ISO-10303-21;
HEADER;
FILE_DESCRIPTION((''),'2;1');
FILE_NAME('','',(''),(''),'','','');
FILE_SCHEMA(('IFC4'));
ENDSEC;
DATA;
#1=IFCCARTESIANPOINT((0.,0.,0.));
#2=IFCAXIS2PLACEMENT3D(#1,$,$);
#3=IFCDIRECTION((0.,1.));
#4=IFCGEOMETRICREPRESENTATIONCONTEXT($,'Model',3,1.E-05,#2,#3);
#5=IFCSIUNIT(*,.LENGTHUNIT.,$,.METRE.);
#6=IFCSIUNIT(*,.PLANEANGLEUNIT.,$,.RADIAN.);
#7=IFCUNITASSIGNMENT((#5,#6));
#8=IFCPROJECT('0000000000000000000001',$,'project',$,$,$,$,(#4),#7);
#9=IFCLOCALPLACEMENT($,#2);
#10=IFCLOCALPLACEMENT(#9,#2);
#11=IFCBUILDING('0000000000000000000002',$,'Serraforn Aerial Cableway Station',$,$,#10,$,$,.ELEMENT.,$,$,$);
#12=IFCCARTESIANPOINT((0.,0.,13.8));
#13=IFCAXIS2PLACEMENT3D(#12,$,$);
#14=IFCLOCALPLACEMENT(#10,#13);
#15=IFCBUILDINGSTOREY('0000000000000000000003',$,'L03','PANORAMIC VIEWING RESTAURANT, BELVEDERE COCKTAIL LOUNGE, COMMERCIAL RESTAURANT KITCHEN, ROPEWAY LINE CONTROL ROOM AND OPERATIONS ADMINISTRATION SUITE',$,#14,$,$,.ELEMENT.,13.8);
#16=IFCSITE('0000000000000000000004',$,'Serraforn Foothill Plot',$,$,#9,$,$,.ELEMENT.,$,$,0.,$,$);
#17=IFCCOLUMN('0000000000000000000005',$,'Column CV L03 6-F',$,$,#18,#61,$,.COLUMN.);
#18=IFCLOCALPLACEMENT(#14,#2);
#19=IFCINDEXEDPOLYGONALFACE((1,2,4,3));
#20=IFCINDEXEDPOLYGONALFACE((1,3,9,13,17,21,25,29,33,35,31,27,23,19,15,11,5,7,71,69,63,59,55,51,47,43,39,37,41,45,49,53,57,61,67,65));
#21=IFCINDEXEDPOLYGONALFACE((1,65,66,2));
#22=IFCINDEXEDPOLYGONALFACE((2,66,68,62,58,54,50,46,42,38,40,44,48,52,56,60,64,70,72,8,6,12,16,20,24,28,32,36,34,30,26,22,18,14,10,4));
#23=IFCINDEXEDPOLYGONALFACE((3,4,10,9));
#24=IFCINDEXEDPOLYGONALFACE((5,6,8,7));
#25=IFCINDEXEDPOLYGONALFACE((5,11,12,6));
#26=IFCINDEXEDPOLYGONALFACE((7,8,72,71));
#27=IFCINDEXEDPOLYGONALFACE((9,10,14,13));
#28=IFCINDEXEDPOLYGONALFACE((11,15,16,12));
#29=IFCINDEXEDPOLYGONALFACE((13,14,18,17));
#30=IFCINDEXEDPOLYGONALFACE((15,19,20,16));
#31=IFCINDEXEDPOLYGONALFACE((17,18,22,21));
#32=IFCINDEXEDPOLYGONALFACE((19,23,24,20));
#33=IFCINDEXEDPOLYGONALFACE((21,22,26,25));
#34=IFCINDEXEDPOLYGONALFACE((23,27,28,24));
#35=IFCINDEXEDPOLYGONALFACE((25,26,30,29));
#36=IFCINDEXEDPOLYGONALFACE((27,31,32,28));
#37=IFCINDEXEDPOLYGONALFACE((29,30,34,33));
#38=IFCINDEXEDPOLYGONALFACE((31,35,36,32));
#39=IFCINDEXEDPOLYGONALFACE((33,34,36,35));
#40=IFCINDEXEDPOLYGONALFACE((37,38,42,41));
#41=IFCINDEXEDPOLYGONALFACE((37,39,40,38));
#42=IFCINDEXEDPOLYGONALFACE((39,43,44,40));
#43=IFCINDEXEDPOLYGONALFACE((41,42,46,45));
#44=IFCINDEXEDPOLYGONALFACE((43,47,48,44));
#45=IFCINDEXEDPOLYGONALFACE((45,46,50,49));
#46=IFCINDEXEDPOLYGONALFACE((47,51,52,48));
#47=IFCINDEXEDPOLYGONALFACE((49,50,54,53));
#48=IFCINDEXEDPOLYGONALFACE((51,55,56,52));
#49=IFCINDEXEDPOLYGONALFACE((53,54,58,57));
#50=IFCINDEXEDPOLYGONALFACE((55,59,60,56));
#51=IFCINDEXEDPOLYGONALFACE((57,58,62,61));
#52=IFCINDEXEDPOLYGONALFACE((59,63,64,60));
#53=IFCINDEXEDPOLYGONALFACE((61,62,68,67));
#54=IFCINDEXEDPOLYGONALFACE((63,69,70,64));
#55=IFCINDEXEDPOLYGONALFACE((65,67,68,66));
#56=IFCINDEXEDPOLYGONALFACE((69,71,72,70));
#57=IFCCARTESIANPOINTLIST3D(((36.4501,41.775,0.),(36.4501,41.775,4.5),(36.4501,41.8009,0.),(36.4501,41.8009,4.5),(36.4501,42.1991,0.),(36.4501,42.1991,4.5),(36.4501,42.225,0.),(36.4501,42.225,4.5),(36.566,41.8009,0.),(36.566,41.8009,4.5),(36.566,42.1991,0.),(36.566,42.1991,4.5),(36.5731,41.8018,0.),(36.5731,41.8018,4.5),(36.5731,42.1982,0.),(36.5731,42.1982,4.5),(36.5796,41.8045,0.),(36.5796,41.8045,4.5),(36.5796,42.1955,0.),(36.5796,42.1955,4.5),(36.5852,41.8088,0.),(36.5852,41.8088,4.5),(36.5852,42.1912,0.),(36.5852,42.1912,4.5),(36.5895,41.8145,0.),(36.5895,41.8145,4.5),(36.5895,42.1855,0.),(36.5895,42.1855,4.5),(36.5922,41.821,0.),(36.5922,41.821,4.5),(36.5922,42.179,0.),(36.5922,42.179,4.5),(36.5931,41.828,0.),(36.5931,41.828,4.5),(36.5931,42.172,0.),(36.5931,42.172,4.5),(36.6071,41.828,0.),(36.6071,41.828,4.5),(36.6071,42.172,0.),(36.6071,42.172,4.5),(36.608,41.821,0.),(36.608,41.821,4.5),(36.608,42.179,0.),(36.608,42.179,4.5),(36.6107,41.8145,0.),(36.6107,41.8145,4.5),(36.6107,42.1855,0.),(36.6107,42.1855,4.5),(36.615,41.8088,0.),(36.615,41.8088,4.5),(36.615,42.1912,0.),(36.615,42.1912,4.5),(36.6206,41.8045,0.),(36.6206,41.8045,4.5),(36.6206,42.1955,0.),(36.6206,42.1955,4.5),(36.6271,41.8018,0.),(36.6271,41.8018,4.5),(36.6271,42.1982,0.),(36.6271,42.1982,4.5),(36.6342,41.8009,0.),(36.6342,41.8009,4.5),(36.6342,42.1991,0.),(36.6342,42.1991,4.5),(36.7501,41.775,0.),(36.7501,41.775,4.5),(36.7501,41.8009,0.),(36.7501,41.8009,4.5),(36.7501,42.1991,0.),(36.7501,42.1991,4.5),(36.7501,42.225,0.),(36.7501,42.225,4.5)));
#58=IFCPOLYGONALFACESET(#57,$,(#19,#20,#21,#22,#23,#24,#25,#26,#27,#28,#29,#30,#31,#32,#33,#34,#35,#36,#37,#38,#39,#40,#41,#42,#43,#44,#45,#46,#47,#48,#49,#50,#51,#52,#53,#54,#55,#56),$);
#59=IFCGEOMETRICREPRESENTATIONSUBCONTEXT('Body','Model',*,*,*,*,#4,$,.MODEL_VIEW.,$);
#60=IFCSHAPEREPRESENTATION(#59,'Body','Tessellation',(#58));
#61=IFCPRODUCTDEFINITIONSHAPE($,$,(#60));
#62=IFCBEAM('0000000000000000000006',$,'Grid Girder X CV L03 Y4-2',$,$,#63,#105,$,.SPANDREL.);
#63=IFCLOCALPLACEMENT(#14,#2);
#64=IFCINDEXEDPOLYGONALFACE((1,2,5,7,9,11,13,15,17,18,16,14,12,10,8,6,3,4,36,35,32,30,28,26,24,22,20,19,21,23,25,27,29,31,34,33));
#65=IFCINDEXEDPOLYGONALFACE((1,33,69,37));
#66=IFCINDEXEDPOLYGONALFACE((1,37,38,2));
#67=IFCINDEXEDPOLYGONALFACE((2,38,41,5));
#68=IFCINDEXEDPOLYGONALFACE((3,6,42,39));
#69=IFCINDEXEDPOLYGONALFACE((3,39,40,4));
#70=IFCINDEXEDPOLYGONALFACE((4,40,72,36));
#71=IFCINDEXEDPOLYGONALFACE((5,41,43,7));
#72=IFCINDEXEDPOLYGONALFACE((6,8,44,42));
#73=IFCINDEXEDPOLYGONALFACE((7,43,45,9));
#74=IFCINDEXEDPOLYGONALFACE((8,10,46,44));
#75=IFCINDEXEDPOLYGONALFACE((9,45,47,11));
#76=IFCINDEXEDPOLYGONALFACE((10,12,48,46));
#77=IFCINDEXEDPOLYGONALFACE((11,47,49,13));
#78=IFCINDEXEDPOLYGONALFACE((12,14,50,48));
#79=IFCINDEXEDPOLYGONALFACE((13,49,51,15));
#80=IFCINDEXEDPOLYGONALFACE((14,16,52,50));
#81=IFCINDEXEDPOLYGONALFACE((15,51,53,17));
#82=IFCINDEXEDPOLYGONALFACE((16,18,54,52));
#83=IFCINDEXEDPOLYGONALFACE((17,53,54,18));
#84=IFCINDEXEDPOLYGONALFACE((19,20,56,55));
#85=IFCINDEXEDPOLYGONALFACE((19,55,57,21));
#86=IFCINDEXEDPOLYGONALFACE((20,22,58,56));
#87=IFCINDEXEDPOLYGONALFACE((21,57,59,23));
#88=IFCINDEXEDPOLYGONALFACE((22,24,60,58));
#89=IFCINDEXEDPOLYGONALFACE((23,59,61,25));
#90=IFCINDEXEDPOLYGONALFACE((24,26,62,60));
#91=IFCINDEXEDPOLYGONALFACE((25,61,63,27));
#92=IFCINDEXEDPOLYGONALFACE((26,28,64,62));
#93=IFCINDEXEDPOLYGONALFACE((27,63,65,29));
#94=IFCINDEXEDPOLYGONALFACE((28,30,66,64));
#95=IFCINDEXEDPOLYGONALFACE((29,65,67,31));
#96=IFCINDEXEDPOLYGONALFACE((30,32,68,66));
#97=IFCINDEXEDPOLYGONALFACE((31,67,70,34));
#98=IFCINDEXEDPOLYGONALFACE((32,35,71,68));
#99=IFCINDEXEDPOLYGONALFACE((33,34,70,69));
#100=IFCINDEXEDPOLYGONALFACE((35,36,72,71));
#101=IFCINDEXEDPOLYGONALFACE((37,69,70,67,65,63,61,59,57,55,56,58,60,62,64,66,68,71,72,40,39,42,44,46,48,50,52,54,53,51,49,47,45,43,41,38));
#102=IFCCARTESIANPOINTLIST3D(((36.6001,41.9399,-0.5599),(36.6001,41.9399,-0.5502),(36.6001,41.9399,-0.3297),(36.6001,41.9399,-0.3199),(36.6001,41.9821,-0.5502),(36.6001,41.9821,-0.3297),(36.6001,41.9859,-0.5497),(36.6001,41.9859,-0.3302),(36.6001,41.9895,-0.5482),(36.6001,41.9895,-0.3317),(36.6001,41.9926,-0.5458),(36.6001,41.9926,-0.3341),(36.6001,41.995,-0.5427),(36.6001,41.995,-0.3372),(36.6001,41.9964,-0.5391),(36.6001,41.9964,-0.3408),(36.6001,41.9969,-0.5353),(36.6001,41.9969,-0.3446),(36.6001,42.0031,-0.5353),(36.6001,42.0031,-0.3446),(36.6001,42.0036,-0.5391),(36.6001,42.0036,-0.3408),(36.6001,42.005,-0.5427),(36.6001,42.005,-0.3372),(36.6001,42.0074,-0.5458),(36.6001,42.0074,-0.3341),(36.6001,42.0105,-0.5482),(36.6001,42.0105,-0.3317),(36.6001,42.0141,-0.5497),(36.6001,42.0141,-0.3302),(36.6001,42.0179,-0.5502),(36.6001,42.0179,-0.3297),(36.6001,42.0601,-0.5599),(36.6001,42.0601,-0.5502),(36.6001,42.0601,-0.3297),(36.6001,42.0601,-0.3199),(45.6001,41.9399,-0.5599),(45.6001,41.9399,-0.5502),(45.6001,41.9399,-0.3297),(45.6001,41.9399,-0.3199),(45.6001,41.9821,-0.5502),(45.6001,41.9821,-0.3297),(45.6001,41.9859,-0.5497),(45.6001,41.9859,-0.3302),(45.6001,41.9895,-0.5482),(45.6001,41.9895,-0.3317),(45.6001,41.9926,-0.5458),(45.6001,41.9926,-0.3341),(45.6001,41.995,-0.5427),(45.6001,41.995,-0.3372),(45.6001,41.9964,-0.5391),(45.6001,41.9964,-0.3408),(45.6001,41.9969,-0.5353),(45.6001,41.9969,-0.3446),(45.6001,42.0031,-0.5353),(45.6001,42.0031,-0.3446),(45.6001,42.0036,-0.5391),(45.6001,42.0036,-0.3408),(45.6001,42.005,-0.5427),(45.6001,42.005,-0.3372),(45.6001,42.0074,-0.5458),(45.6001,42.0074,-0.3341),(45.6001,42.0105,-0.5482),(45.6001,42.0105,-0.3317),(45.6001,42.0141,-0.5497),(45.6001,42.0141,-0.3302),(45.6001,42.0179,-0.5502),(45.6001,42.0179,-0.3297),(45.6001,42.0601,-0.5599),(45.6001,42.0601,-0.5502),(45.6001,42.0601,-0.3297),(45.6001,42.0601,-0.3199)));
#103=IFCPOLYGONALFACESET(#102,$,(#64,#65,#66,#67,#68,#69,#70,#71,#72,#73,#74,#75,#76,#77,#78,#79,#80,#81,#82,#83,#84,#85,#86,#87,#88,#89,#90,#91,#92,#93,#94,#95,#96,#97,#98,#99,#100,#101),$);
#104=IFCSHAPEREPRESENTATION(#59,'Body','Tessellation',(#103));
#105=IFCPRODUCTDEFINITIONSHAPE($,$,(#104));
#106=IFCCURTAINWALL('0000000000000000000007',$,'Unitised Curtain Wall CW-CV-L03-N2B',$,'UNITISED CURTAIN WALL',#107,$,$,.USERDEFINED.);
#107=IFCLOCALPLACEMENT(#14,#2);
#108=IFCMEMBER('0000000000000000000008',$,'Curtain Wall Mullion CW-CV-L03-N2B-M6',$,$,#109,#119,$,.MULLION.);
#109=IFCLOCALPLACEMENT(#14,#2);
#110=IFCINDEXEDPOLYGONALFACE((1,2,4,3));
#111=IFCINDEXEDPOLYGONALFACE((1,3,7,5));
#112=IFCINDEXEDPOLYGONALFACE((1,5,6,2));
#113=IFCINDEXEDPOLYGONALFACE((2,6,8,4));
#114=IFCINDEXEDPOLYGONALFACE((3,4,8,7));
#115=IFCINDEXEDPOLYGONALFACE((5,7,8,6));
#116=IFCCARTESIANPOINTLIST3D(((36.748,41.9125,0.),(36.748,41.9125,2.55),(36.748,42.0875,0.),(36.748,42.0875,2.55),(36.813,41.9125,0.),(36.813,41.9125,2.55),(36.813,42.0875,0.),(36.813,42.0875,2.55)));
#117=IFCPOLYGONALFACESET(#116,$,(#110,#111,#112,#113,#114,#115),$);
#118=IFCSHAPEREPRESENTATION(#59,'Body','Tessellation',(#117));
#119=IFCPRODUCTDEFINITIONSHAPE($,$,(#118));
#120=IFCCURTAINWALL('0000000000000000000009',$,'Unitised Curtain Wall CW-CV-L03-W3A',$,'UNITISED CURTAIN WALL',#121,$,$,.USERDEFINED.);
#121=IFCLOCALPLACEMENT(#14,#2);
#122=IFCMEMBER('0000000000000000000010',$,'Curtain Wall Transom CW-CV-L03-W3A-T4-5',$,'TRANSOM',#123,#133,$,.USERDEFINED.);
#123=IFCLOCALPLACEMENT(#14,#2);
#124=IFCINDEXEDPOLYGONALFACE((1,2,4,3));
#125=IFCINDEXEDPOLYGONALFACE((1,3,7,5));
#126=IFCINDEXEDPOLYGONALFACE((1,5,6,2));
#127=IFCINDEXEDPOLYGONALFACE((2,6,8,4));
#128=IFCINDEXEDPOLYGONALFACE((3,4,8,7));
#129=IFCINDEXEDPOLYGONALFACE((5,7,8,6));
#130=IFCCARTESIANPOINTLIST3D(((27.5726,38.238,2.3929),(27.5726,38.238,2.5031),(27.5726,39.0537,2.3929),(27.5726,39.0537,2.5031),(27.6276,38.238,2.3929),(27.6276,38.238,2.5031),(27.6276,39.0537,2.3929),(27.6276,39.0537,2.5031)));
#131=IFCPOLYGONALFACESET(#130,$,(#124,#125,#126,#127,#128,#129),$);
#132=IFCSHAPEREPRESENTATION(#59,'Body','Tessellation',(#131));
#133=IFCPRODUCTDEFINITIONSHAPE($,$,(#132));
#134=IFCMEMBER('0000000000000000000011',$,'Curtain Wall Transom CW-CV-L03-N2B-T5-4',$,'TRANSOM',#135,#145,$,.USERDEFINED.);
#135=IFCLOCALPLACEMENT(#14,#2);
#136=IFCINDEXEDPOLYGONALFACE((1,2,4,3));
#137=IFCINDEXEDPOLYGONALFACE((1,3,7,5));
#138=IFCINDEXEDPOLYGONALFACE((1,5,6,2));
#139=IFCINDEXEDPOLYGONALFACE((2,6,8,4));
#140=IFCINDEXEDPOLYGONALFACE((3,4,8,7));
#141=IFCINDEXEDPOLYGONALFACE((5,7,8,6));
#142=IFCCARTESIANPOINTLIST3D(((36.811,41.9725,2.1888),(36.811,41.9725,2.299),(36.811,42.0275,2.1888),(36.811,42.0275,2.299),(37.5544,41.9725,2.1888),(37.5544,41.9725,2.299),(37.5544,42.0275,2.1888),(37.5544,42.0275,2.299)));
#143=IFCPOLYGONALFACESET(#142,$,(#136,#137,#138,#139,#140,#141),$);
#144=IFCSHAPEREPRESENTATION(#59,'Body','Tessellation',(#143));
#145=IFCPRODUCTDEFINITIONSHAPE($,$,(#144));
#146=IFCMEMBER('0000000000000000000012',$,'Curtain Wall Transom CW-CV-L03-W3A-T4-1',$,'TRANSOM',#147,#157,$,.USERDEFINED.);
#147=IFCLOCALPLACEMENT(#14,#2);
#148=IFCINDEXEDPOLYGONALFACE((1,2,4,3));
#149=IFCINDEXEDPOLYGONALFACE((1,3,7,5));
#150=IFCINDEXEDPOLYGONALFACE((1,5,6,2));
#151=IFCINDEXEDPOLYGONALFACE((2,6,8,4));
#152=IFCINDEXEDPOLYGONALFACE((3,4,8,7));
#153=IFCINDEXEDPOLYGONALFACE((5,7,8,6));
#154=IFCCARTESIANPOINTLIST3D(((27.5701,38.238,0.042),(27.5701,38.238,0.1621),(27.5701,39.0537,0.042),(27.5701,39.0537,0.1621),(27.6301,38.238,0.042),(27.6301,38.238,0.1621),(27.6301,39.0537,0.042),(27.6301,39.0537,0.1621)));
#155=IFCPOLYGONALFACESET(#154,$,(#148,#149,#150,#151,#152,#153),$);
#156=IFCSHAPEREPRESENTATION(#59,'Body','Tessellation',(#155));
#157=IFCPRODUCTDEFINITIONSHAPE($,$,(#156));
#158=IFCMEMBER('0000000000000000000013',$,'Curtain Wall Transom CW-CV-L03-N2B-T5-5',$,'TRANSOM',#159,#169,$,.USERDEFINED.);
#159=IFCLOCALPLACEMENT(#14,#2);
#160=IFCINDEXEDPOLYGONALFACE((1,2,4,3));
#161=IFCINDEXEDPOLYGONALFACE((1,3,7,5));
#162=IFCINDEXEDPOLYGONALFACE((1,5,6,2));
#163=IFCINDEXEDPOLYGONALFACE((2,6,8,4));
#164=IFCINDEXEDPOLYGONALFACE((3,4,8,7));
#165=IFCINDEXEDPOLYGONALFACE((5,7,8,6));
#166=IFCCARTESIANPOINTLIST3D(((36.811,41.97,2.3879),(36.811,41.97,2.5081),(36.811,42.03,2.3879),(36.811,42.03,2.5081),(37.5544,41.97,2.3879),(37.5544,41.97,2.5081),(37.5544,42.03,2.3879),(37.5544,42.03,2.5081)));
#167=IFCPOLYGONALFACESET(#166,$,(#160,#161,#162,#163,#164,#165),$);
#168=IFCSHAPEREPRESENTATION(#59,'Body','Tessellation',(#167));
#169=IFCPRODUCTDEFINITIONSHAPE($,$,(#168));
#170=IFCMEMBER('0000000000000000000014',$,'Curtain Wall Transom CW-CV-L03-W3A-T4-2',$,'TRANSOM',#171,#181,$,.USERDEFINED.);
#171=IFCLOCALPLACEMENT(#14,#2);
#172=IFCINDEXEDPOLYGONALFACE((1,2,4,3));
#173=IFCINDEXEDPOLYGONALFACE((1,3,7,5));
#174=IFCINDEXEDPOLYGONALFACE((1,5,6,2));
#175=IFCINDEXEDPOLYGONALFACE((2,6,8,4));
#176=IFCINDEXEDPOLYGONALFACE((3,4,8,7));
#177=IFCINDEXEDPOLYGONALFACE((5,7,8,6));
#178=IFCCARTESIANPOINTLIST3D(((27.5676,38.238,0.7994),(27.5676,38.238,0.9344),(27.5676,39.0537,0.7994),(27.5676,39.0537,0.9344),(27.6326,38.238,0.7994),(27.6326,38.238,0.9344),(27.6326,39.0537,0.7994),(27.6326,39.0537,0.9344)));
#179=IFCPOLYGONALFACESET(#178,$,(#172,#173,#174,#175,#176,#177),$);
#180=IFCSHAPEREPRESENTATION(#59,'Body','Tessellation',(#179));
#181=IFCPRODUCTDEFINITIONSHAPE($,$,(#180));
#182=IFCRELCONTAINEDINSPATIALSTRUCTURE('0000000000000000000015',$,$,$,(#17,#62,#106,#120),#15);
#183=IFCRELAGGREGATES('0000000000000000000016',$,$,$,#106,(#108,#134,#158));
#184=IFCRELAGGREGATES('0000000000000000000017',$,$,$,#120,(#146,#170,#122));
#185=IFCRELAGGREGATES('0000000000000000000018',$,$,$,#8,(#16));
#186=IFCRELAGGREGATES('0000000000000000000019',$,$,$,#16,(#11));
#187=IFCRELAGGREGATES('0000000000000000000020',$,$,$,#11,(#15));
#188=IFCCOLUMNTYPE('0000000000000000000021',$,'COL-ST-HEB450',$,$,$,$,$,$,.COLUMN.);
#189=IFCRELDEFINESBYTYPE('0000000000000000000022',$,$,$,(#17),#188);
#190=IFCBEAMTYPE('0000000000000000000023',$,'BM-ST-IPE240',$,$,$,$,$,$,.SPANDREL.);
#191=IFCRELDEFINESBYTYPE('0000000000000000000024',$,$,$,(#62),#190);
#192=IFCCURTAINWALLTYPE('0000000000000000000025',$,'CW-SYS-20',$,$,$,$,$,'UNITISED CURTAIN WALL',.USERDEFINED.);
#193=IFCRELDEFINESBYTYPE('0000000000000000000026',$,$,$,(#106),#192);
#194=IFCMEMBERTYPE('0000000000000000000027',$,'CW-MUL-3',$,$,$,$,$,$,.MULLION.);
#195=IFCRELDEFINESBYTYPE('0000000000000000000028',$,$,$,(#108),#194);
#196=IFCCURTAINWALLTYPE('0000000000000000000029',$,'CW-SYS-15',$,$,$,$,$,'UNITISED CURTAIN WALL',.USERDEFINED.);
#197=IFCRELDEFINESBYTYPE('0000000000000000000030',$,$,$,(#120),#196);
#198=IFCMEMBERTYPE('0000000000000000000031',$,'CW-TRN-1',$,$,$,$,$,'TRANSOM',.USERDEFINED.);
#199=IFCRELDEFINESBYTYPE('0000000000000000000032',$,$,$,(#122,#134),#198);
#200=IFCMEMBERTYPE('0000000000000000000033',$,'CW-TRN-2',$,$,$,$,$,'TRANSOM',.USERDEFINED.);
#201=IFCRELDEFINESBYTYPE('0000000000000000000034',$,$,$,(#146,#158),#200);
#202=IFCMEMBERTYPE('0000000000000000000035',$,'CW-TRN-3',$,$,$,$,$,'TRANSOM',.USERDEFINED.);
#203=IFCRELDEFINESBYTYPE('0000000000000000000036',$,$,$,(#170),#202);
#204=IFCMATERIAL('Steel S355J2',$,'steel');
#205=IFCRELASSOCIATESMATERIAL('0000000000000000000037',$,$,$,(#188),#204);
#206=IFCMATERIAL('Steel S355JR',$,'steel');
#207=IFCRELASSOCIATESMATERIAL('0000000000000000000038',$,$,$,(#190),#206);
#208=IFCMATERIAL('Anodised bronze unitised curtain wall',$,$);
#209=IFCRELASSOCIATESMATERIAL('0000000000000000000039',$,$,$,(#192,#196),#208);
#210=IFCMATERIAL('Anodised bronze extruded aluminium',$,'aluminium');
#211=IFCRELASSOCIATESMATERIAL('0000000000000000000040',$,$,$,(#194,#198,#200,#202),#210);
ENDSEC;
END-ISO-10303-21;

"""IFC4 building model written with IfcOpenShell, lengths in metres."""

from ifc_helpers import new_model, si_unit, direction, frame, origin, origin_2d, place, context, subcontext, project, spatial, rectangle, i_section, extrude, material, material_profile, profile_set, type_object, element, aggregate, save


model = new_model("IFC4")

# Units and contexts
model_context = context("Model", 3, precision=1e-05, world=origin(), true_north=direction((0.0, 1.0)))
body_context = subcontext(model_context, "Body", "Model", "MODEL_VIEW")
ifc_project = project(units=[si_unit("LENGTHUNIT", "METRE"), si_unit("PLANEANGLEUNIT", "RADIAN")], contexts=[model_context])

# Site, building, storey
site_placement = place(None, origin())
site = spatial("IfcSite", under=ifc_project, at=site_placement, Name="Serraforn Foothill Plot", CompositionType="ELEMENT", RefElevation=0.0)
building_placement = place(site_placement, origin())
building = spatial("IfcBuilding", under=site, at=building_placement, Name="Serraforn Aerial Cableway Station", CompositionType="ELEMENT")
storey_placement = place(building_placement, frame((0.0, 0.0, 13.8)))
storey = spatial("IfcBuildingStorey", under=building, at=storey_placement, Name="L03", Description="PANORAMIC VIEWING RESTAURANT, BELVEDERE COCKTAIL LOUNGE, COMMERCIAL RESTAURANT KITCHEN, ROPEWAY LINE CONTROL ROOM AND OPERATIONS ADMINISTRATION SUITE", CompositionType="ELEMENT", Elevation=13.8)

# Column
ifc_material_1 = material(Name="Steel S355J2", Category="steel")
ifc_material_profile_1 = material_profile(ifc_material_1, i_section(OverallWidth=0.3, OverallDepth=0.45, WebThickness=0.0139, FlangeThickness=0.0259, FilletRadius=0.0271, at=origin_2d()), Name="HEB 450")
ifc_profile_set_1 = profile_set([ifc_material_profile_1], Name="Steel S355J2")
column_type = type_object("IfcColumnType", Name="COL-ST-HEB450", PredefinedType="COLUMN", material=ifc_profile_set_1)
column_placement = place(storey_placement, frame((36.6001, 42.0, 0.0), z_axis=(0.0, 0.0, 1.0), x_axis=(1.0, 0.0, 0.0)))
element("IfcColumn", 1, at=column_placement, inside=storey, type_object=column_type, Name="Column CV L03 6-F", PredefinedType="COLUMN", context=body_context, shape_type="SweptSolid", body=[
    extrude(i_section(OverallWidth=0.3, OverallDepth=0.45, WebThickness=0.0139, FlangeThickness=0.0259, FilletRadius=0.0271, at=origin_2d()), origin(), (0.0, 0.0, 1.0), 4.5),
])

# Beam
ifc_material_2 = material(Name="Steel S355JR", Category="steel")
ifc_material_profile_2 = material_profile(ifc_material_2, i_section(OverallWidth=0.1201, OverallDepth=0.24, WebThickness=0.0061, FlangeThickness=0.0098, FilletRadius=0.0149, at=origin_2d()), Name="IPE 240")
ifc_profile_set_2 = profile_set([ifc_material_profile_2], Name="Steel S355JR")
beam_type = type_object("IfcBeamType", Name="BM-ST-IPE240", PredefinedType="SPANDREL", material=ifc_profile_set_2)
beam_placement = place(storey_placement, frame((36.6001, 42.0, -0.4399), z_axis=(1.0, 0.0, 0.0), x_axis=(0.0, 1.0, 0.0)))
element("IfcBeam", 2, at=beam_placement, inside=storey, type_object=beam_type, Name="Grid Girder X CV L03 Y4-2", PredefinedType="SPANDREL", context=body_context, shape_type="SweptSolid", body=[
    extrude(i_section(OverallWidth=0.1201, OverallDepth=0.24, WebThickness=0.0061, FlangeThickness=0.0098, FilletRadius=0.0149, at=origin_2d()), origin(), (0.0, 0.0, 1.0), 9.0),
])

# Curtain walls, members
ifc_material_3 = material(Name="Anodised bronze unitised curtain wall")
curtain_wall_type_1 = type_object("IfcCurtainWallType", Name="CW-SYS-20", ElementType="UNITISED CURTAIN WALL", PredefinedType="USERDEFINED", material=ifc_material_3)
curtain_wall_1_placement = place(storey_placement, origin())
curtain_wall_1 = element("IfcCurtainWall", 3, at=curtain_wall_1_placement, inside=storey, type_object=curtain_wall_type_1, Name="Unitised Curtain Wall CW-CV-L03-N2B", ObjectType="UNITISED CURTAIN WALL", PredefinedType="USERDEFINED")
ifc_material_4 = material(Name="Anodised bronze extruded aluminium", Category="aluminium")
ifc_material_profile_3 = material_profile(ifc_material_4, rectangle(XDim=0.0649, YDim=0.175, at=origin_2d()), Name="CW MULLION 65x175")
ifc_profile_set_3 = profile_set([ifc_material_profile_3], Name="Anodised bronze extruded aluminium")
member_type_1 = type_object("IfcMemberType", Name="CW-MUL-3", PredefinedType="MULLION", material=ifc_profile_set_3)
member_1_placement = place(storey_placement, frame((36.7805, 42.0, 0.0), z_axis=(0.0, 0.0, 1.0), x_axis=(-1.0, 0.0, 0.0)))
member_1 = element("IfcMember", 4, at=member_1_placement, type_object=member_type_1, Name="Curtain Wall Mullion CW-CV-L03-N2B-M6", PredefinedType="MULLION", context=body_context, shape_type="SweptSolid", body=[
    extrude(rectangle(XDim=0.0649, YDim=0.175, at=origin_2d()), origin(), (0.0, 0.0, 1.0), 2.55),
])
curtain_wall_type_2 = type_object("IfcCurtainWallType", Name="CW-SYS-15", ElementType="UNITISED CURTAIN WALL", PredefinedType="USERDEFINED", material=ifc_material_3)
curtain_wall_2_placement = place(storey_placement, origin())
curtain_wall_2 = element("IfcCurtainWall", 5, at=curtain_wall_2_placement, inside=storey, type_object=curtain_wall_type_2, Name="Unitised Curtain Wall CW-CV-L03-W3A", ObjectType="UNITISED CURTAIN WALL", PredefinedType="USERDEFINED")
ifc_material_profile_4 = material_profile(ifc_material_4, rectangle(XDim=0.0549, YDim=0.1101, at=origin_2d()), Name="CW TRANSOM 55x110")
ifc_profile_set_4 = profile_set([ifc_material_profile_4], Name="Anodised bronze extruded aluminium")
member_type_2 = type_object("IfcMemberType", Name="CW-TRN-1", ElementType="TRANSOM", PredefinedType="USERDEFINED", material=ifc_profile_set_4)
member_2_placement = place(storey_placement, frame((27.6001, 39.0537, 2.448), z_axis=(0.0, -1.0, 0.0), x_axis=(1.0, 0.0, 0.0)))
member_2 = element("IfcMember", 6, at=member_2_placement, type_object=member_type_2, Name="Curtain Wall Transom CW-CV-L03-W3A-T4-5", ObjectType="TRANSOM", PredefinedType="USERDEFINED", context=body_context, shape_type="SweptSolid", body=[
    extrude(rectangle(XDim=0.0549, YDim=0.1101, at=origin_2d()), origin(), (0.0, 0.0, 1.0), 0.8157),
])

# Members
member_3_placement = place(storey_placement, frame((37.5544, 42.0, 2.2439), z_axis=(-1.0, 0.0, 0.0), x_axis=(0.0, -1.0, 0.0)))
member_3 = element("IfcMember", 7, at=member_3_placement, type_object=member_type_2, Name="Curtain Wall Transom CW-CV-L03-N2B-T5-4", ObjectType="TRANSOM", PredefinedType="USERDEFINED", context=body_context, shape_type="SweptSolid", body=[
    extrude(rectangle(XDim=0.0549, YDim=0.1101, at=origin_2d()), origin(), (0.0, 0.0, 1.0), 0.7434),
])
ifc_material_profile_5 = material_profile(ifc_material_4, rectangle(XDim=0.0601, YDim=0.1201, at=origin_2d()), Name="CW TRANSOM 60x120")
ifc_profile_set_5 = profile_set([ifc_material_profile_5], Name="Anodised bronze extruded aluminium")
member_type_3 = type_object("IfcMemberType", Name="CW-TRN-2", ElementType="TRANSOM", PredefinedType="USERDEFINED", material=ifc_profile_set_5)
member_4_placement = place(storey_placement, frame((27.6001, 39.0537, 0.1021), z_axis=(0.0, -1.0, 0.0), x_axis=(1.0, 0.0, 0.0)))
member_4 = element("IfcMember", 8, at=member_4_placement, type_object=member_type_3, Name="Curtain Wall Transom CW-CV-L03-W3A-T4-1", ObjectType="TRANSOM", PredefinedType="USERDEFINED", context=body_context, shape_type="SweptSolid", body=[
    extrude(rectangle(XDim=0.0601, YDim=0.1201, at=origin_2d()), origin(), (0.0, 0.0, 1.0), 0.8157),
])
member_5_placement = place(storey_placement, frame((37.5544, 42.0, 2.448), z_axis=(-1.0, 0.0, 0.0), x_axis=(0.0, -1.0, 0.0)))
member_5 = element("IfcMember", 9, at=member_5_placement, type_object=member_type_3, Name="Curtain Wall Transom CW-CV-L03-N2B-T5-5", ObjectType="TRANSOM", PredefinedType="USERDEFINED", context=body_context, shape_type="SweptSolid", body=[
    extrude(rectangle(XDim=0.0601, YDim=0.1201, at=origin_2d()), origin(), (0.0, 0.0, 1.0), 0.7434),
])
ifc_material_profile_6 = material_profile(ifc_material_4, rectangle(XDim=0.0649, YDim=0.135, at=origin_2d()), Name="CW TRANSOM 65x135")
ifc_profile_set_6 = profile_set([ifc_material_profile_6], Name="Anodised bronze extruded aluminium")
member_type_4 = type_object("IfcMemberType", Name="CW-TRN-3", ElementType="TRANSOM", PredefinedType="USERDEFINED", material=ifc_profile_set_6)
member_6_placement = place(storey_placement, frame((27.6001, 39.0537, 0.8669), z_axis=(0.0, -1.0, 0.0), x_axis=(1.0, 0.0, 0.0)))
member_6 = element("IfcMember", 10, at=member_6_placement, type_object=member_type_4, Name="Curtain Wall Transom CW-CV-L03-W3A-T4-2", ObjectType="TRANSOM", PredefinedType="USERDEFINED", context=body_context, shape_type="SweptSolid", body=[
    extrude(rectangle(XDim=0.0649, YDim=0.135, at=origin_2d()), origin(), (0.0, 0.0, 1.0), 0.8157),
])

aggregate(curtain_wall_1, [member_1, member_3, member_5])
aggregate(curtain_wall_2, [member_4, member_6, member_2])

save(model, "model.ifc")
